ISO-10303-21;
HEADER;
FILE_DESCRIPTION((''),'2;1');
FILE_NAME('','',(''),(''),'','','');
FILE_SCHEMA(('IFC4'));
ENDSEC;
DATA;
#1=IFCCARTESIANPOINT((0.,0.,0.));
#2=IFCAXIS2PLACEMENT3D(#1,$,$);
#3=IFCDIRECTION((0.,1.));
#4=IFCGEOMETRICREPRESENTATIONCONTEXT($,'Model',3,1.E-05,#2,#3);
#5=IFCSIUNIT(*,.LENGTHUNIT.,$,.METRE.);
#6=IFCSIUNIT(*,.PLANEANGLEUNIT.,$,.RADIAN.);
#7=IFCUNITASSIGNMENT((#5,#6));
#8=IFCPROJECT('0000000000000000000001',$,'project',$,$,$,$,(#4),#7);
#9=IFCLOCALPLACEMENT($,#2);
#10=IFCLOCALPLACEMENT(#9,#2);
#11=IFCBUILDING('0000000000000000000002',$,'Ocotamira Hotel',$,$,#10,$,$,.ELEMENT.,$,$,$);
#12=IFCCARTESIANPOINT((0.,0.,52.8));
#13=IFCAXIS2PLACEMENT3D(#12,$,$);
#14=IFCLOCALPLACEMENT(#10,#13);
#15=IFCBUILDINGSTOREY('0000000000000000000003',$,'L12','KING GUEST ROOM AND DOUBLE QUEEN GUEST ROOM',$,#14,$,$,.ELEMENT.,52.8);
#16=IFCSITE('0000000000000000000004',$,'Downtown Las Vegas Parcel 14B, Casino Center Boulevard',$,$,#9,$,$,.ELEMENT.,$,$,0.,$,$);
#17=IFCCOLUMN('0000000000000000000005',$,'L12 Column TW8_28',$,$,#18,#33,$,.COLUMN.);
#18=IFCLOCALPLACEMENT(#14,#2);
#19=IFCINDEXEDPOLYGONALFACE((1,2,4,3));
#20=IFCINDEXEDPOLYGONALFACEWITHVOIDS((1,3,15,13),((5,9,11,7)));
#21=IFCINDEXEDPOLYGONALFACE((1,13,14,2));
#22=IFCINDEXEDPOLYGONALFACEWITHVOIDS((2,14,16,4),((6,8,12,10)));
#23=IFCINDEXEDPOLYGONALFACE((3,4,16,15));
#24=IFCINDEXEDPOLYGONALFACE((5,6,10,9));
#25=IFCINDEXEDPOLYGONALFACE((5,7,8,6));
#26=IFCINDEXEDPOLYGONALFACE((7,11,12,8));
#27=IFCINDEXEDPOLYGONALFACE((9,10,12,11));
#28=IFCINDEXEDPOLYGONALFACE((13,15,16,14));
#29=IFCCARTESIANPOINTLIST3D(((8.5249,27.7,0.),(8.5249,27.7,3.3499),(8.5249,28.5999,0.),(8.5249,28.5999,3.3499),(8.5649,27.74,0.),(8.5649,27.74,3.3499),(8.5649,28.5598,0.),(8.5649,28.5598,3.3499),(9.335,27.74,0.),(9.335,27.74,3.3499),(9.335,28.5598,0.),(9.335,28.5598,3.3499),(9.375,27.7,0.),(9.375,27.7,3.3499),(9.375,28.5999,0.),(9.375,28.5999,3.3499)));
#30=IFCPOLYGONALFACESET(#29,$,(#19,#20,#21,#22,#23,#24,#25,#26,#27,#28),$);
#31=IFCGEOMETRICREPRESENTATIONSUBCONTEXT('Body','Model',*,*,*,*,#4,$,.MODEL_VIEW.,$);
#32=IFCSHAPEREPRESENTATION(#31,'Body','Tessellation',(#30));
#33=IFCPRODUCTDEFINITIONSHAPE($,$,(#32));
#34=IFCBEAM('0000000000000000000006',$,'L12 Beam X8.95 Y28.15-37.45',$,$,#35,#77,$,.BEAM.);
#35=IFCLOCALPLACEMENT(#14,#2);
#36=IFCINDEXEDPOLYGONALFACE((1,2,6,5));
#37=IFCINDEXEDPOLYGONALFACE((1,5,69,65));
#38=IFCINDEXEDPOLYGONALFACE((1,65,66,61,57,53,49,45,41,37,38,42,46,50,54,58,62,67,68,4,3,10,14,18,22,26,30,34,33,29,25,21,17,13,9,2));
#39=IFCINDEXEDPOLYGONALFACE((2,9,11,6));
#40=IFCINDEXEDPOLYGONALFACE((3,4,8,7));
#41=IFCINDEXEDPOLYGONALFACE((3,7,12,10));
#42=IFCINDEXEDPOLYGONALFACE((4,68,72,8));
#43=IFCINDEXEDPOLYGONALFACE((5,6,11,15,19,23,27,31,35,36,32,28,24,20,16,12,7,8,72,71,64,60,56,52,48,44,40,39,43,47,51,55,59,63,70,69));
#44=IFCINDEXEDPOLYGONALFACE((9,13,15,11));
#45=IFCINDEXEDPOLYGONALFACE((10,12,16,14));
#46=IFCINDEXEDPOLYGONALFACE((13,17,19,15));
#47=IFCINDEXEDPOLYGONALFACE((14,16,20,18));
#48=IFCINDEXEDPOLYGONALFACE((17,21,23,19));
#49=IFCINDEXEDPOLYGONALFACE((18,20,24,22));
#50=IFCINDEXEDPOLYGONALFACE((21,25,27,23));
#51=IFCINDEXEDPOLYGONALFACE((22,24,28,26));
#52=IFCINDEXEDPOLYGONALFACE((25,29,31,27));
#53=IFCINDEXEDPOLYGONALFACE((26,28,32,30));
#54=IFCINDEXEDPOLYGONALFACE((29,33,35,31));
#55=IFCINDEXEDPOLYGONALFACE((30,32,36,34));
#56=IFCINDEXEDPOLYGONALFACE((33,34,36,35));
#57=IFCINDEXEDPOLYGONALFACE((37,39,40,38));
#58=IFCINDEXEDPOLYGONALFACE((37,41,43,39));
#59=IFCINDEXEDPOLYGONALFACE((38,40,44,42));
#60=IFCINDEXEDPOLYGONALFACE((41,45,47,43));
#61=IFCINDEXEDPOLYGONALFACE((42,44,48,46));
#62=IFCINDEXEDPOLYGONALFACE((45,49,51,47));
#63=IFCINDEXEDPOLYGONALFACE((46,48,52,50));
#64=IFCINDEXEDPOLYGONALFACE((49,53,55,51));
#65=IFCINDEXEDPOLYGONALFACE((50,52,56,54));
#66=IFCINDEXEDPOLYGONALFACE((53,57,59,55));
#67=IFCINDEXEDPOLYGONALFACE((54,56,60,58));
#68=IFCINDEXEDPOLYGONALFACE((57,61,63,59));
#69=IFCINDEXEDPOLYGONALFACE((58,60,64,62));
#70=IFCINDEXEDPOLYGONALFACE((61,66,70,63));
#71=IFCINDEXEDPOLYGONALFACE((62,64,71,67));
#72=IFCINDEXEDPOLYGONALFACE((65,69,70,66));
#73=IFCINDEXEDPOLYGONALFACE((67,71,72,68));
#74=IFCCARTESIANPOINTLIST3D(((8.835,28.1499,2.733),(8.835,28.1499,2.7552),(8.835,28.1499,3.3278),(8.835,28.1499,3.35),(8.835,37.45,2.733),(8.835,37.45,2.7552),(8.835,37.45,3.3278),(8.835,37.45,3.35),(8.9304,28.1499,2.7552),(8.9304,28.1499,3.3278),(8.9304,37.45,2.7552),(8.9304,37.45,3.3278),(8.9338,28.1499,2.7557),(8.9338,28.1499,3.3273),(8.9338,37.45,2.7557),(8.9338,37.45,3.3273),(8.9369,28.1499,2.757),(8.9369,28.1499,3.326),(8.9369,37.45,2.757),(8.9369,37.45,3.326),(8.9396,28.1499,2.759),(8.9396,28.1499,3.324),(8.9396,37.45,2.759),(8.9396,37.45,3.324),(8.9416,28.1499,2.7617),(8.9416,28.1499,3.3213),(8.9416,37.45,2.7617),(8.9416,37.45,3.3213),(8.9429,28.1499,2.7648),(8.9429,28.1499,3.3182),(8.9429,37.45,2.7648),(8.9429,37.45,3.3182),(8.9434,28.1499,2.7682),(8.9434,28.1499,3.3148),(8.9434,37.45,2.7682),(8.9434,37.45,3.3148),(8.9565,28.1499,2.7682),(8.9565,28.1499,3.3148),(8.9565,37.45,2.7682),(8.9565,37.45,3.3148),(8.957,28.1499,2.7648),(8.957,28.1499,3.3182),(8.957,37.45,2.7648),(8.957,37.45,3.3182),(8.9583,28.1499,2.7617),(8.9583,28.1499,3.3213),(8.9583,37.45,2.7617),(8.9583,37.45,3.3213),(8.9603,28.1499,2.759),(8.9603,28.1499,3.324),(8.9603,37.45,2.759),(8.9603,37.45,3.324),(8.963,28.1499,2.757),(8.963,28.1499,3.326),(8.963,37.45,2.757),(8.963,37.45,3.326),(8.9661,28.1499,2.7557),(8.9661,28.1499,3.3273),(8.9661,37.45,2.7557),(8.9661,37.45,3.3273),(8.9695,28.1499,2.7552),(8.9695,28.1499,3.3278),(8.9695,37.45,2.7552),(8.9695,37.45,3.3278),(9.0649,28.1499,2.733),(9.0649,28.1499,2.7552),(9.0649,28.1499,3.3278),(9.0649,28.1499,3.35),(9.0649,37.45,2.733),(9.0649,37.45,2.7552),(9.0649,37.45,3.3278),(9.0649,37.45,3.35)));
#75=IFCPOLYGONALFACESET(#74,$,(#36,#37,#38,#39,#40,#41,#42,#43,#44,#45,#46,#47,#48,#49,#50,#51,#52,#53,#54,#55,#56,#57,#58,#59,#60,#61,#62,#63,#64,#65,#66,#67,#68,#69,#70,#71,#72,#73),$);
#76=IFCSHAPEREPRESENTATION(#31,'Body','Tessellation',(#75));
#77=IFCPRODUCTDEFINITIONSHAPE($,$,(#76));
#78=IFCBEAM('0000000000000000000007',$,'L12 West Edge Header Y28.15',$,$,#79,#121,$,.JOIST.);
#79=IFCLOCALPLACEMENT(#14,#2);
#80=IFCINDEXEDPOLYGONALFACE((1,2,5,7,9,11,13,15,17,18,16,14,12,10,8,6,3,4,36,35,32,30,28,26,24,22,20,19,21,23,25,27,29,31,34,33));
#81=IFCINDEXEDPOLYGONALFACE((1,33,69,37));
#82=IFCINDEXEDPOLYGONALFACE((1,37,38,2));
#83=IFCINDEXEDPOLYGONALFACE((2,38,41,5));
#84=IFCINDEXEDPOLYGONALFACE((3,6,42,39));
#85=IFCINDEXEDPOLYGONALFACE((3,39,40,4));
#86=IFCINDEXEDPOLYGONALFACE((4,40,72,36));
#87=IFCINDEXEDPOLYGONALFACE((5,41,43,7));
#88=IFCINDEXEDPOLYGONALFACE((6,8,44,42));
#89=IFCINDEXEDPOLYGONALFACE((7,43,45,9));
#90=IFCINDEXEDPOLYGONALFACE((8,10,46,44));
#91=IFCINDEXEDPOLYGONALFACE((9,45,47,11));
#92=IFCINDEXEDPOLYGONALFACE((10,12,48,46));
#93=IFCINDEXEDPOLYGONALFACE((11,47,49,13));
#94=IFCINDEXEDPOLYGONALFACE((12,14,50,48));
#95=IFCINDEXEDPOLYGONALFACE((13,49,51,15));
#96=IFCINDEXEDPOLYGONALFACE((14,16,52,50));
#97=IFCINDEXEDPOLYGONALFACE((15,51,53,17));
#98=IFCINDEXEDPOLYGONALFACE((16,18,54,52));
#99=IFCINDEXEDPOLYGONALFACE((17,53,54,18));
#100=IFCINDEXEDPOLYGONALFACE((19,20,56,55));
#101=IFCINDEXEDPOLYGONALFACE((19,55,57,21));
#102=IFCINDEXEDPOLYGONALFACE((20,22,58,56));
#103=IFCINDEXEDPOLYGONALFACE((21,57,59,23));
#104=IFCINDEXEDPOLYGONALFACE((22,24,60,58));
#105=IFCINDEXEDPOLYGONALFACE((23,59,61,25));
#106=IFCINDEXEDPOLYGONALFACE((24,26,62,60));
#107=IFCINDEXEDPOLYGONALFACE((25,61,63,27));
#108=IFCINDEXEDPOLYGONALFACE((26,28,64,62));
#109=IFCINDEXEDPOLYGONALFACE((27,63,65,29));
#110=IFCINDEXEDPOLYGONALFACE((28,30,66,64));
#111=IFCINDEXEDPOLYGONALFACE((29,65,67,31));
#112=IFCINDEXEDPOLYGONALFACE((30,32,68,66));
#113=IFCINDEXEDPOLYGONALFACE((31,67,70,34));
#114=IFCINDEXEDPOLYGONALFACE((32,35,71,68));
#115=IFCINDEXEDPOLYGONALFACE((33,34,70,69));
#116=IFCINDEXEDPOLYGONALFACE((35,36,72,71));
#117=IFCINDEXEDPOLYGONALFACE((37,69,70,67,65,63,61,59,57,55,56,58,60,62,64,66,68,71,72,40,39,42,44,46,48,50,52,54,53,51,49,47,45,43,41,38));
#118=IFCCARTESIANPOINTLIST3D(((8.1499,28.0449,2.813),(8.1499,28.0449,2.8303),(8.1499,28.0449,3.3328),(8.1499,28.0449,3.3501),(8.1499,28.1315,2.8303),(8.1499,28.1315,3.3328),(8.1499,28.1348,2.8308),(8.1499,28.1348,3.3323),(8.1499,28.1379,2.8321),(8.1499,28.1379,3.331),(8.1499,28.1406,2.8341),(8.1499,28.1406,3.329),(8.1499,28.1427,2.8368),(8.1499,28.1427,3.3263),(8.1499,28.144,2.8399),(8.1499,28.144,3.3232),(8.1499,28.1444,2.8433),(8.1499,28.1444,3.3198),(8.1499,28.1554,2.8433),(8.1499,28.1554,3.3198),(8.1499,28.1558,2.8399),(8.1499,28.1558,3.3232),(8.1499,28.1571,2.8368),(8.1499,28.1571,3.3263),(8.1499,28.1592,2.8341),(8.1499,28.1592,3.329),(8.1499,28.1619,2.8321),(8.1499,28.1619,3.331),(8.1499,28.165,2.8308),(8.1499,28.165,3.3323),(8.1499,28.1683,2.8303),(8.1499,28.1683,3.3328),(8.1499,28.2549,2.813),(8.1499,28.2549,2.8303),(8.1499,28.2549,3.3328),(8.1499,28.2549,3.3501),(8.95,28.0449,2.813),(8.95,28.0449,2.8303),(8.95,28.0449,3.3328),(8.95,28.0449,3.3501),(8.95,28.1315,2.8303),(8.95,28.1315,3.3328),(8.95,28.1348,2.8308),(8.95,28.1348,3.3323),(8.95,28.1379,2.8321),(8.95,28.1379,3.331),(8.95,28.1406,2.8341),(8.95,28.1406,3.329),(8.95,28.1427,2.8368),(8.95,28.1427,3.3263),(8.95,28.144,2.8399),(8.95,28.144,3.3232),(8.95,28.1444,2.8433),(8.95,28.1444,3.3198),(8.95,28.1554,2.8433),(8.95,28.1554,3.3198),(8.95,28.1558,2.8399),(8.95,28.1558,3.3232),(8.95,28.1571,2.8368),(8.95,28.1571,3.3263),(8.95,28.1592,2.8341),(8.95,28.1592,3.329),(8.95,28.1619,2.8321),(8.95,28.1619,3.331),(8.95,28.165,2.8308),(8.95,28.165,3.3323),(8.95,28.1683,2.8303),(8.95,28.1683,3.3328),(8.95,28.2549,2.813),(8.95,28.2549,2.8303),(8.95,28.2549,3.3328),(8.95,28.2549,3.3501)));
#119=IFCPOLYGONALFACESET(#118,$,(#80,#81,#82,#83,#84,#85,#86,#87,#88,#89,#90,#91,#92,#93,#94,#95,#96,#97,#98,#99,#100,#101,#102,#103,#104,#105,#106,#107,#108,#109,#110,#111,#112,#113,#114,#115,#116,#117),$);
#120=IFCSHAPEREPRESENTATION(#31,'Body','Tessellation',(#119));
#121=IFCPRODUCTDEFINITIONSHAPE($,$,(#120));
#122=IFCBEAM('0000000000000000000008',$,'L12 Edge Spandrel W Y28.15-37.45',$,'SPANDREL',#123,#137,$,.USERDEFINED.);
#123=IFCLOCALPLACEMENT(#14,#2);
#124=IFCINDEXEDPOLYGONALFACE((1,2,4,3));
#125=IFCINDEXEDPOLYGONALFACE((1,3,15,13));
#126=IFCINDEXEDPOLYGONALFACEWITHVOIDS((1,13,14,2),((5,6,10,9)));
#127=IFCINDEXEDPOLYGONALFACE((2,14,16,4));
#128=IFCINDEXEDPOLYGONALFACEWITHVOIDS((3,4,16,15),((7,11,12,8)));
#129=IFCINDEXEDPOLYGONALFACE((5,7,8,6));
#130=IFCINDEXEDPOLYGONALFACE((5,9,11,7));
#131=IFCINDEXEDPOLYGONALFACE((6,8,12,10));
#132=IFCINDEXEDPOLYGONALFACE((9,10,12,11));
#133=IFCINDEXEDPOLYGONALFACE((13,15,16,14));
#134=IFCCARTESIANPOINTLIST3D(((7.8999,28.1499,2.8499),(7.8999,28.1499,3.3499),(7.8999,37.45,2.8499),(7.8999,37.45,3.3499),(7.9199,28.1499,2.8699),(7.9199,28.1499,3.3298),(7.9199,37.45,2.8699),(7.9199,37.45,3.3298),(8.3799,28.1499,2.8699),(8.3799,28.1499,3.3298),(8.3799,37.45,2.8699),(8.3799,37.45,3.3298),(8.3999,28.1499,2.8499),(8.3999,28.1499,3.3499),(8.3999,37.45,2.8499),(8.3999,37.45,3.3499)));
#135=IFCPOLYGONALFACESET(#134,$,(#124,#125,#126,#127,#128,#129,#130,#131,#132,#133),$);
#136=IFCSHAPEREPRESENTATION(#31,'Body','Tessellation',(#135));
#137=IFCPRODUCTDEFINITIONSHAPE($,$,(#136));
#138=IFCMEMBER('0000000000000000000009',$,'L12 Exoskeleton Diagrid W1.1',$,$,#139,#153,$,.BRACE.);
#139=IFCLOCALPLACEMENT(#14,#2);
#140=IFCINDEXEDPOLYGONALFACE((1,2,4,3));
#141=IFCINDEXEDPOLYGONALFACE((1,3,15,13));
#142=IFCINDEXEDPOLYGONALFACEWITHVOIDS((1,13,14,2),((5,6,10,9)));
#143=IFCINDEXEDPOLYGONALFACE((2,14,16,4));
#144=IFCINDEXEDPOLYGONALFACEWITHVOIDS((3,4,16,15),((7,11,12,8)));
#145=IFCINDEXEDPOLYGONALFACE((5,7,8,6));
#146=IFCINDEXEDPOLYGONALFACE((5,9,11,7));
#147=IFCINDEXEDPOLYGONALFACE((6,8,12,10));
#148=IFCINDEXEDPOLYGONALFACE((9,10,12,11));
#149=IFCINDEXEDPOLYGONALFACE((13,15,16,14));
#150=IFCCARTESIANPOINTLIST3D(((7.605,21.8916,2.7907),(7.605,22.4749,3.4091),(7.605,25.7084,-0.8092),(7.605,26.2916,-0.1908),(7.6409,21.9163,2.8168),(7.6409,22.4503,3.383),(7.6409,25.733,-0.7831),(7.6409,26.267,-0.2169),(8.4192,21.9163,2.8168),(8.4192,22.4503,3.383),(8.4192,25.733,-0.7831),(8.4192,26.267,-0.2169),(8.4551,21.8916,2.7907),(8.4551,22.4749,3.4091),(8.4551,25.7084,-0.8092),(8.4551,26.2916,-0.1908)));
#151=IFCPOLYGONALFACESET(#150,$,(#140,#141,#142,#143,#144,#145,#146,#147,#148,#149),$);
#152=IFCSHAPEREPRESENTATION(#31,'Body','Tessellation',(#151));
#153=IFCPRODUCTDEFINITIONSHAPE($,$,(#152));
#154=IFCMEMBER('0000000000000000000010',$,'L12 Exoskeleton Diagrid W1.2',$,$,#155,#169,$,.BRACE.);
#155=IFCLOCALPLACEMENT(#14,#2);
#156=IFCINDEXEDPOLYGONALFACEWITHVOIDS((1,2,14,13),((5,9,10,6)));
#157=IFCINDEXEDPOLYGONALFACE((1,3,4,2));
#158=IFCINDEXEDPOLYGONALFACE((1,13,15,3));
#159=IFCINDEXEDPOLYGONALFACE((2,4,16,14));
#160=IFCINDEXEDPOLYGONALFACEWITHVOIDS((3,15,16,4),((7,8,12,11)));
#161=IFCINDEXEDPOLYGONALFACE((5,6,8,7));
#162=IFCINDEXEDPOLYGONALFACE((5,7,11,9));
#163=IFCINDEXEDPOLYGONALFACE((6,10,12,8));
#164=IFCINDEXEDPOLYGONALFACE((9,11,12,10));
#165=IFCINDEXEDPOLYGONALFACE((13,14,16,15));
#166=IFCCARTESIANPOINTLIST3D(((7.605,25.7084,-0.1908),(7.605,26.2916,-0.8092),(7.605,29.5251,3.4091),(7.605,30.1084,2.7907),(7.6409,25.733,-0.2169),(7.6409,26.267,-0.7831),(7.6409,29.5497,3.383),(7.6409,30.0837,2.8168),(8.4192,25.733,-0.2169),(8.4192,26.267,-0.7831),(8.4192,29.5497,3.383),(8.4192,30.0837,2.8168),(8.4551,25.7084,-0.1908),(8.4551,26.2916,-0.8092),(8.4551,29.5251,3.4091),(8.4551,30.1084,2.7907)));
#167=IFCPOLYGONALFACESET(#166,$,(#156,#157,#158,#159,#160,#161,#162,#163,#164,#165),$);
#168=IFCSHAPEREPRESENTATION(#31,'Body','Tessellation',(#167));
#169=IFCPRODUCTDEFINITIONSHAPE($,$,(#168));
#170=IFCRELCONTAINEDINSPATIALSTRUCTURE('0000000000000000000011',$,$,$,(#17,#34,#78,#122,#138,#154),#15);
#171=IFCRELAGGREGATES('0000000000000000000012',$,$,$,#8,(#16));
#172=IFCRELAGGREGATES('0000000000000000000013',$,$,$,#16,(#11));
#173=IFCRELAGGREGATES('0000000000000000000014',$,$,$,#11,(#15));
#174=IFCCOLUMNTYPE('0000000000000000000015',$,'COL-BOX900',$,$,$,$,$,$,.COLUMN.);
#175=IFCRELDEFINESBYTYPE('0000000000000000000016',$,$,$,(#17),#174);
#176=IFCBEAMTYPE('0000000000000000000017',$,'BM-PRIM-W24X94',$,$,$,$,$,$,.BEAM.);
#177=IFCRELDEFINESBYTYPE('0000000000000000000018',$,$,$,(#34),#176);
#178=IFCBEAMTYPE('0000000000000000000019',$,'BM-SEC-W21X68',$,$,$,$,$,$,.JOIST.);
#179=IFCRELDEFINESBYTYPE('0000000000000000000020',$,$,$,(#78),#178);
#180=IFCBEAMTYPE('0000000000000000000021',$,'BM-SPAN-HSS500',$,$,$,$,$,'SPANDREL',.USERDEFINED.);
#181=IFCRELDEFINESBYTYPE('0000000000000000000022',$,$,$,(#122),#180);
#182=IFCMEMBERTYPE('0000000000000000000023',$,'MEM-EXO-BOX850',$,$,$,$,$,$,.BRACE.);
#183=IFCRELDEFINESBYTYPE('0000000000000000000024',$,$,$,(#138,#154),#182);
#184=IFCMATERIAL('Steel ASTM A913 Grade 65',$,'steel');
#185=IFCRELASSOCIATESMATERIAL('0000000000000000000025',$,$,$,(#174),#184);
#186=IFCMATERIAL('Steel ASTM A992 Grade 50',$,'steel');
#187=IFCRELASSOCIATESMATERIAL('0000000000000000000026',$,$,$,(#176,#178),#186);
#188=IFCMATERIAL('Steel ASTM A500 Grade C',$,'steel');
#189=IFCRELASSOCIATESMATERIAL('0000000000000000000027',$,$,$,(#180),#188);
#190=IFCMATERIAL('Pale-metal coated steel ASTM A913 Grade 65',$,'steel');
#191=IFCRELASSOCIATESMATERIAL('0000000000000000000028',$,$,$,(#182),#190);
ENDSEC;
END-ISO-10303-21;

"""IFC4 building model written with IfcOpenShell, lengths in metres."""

from ifc_helpers import new_model, si_unit, direction, frame, origin, origin_2d, place, context, subcontext, project, spatial, hollow_rectangle, i_section, extrude, source, transform, mapped, material, material_profile, profile_set, type_object, element, save


model = new_model("IFC4")

# Units and contexts
model_context = context("Model", 3, precision=1e-05, world=origin(), true_north=direction((0.0, 1.0)))
body_context = subcontext(model_context, "Body", "Model", "MODEL_VIEW")
ifc_project = project(units=[si_unit("LENGTHUNIT", "METRE"), si_unit("PLANEANGLEUNIT", "RADIAN")], contexts=[model_context])

# Site, building, storey
site_placement = place(None, origin())
site = spatial("IfcSite", under=ifc_project, at=site_placement, Name="Downtown Las Vegas Parcel 14B, Casino Center Boulevard", CompositionType="ELEMENT", RefElevation=0.0)
building_placement = place(site_placement, origin())
building = spatial("IfcBuilding", under=site, at=building_placement, Name="Ocotamira Hotel", CompositionType="ELEMENT")
storey_placement = place(building_placement, frame((0.0, 0.0, 52.8)))
storey = spatial("IfcBuildingStorey", under=building, at=storey_placement, Name="L12", Description="KING GUEST ROOM AND DOUBLE QUEEN GUEST ROOM", CompositionType="ELEMENT", Elevation=52.8)

# Column
ifc_material_1 = material(Name="Steel ASTM A913 Grade 65", Category="steel")
ifc_material_profile_1 = material_profile(ifc_material_1, hollow_rectangle(XDim=0.8501, YDim=0.8999, WallThickness=0.04, at=origin_2d()), Name="BOX900X850X40")
ifc_profile_set_1 = profile_set([ifc_material_profile_1], Name="Steel ASTM A913 Grade 65")
column_type = type_object("IfcColumnType", Name="COL-BOX900", PredefinedType="COLUMN", material=ifc_profile_set_1)
shared_shape_1 = source(origin(), body_context, "Body", "SweptSolid", [
    extrude(hollow_rectangle(XDim=0.8501, YDim=0.8999, WallThickness=0.04, at=origin_2d()), origin(), (0.0, 0.0, 1.0), 3.3499),
])
column_placement = place(storey_placement, frame((8.95, 28.1499, 0.0), z_axis=(0.0, 0.0, 1.0), x_axis=(1.0, 0.0, 0.0)))
element("IfcColumn", 1, at=column_placement, inside=storey, type_object=column_type, Name="L12 Column TW8_28", PredefinedType="COLUMN", context=body_context, shape_type="MappedRepresentation", body=[
    mapped(shared_shape_1, transform((0.0, 0.0, 0.0), scale=1.0)),
])

# Beams
ifc_material_2 = material(Name="Steel ASTM A992 Grade 50", Category="steel")
ifc_material_profile_2 = material_profile(ifc_material_2, i_section(OverallWidth=0.23, OverallDepth=0.6169, WebThickness=0.0132, FlangeThickness=0.0222, FilletRadius=0.0129, at=origin_2d()), Name="W24X94")
ifc_profile_set_2 = profile_set([ifc_material_profile_2], Name="Steel ASTM A992 Grade 50")
beam_type_1 = type_object("IfcBeamType", Name="BM-PRIM-W24X94", PredefinedType="BEAM", material=ifc_profile_set_2)
shared_shape_2 = source(origin(), body_context, "Body", "SweptSolid", [
    extrude(i_section(OverallWidth=0.23, OverallDepth=0.6169, WebThickness=0.0132, FlangeThickness=0.0222, FilletRadius=0.0129, at=origin_2d()), origin(), (0.0, 0.0, 1.0), 9.3),
])
beam_1_placement = place(storey_placement, frame((8.95, 28.1499, 3.0415), z_axis=(0.0, 1.0, 0.0), x_axis=(-1.0, 0.0, 0.0)))
element("IfcBeam", 2, at=beam_1_placement, inside=storey, type_object=beam_type_1, Name="L12 Beam X8.95 Y28.15-37.45", PredefinedType="BEAM", context=body_context, shape_type="MappedRepresentation", body=[
    mapped(shared_shape_2, transform((0.0, 0.0, 0.0), scale=1.0)),
])
ifc_material_profile_3 = material_profile(ifc_material_2, i_section(OverallWidth=0.21, OverallDepth=0.5371, WebThickness=0.011, FlangeThickness=0.0173, FilletRadius=0.0129, at=origin_2d()), Name="W21X68")
ifc_profile_set_3 = profile_set([ifc_material_profile_3], Name="Steel ASTM A992 Grade 50")
beam_type_2 = type_object("IfcBeamType", Name="BM-SEC-W21X68", PredefinedType="JOIST", material=ifc_profile_set_3)
shared_shape_3 = source(origin(), body_context, "Body", "SweptSolid", [
    extrude(i_section(OverallWidth=0.21, OverallDepth=0.5371, WebThickness=0.011, FlangeThickness=0.0173, FilletRadius=0.0129, at=origin_2d()), origin(), (0.0, 0.0, 1.0), 0.8),
])
beam_2_placement = place(storey_placement, frame((8.95, 28.1499, 3.0815), z_axis=(-1.0, 0.0, 0.0), x_axis=(0.0, -1.0, 0.0)))
element("IfcBeam", 3, at=beam_2_placement, inside=storey, type_object=beam_type_2, Name="L12 West Edge Header Y28.15", PredefinedType="JOIST", context=body_context, shape_type="MappedRepresentation", body=[
    mapped(shared_shape_3, transform((0.0, 0.0, 0.0), scale=1.0)),
])
ifc_material_3 = material(Name="Steel ASTM A500 Grade C", Category="steel")
ifc_material_profile_4 = material_profile(ifc_material_3, hollow_rectangle(XDim=0.5, YDim=0.5, WallThickness=0.02, at=origin_2d()), Name="HSS500X500X20")
ifc_profile_set_4 = profile_set([ifc_material_profile_4], Name="Steel ASTM A500 Grade C")
beam_type_3 = type_object("IfcBeamType", Name="BM-SPAN-HSS500", ElementType="SPANDREL", PredefinedType="USERDEFINED", material=ifc_profile_set_4)
shared_shape_4 = source(origin(), body_context, "Body", "SweptSolid", [
    extrude(hollow_rectangle(XDim=0.5, YDim=0.5, WallThickness=0.02, at=origin_2d()), origin(), (0.0, 0.0, 1.0), 9.3),
])
beam_3_placement = place(storey_placement, frame((8.1499, 28.1499, 3.0999), z_axis=(0.0, 1.0, 0.0), x_axis=(-1.0, 0.0, 0.0)))
element("IfcBeam", 4, at=beam_3_placement, inside=storey, type_object=beam_type_3, Name="L12 Edge Spandrel W Y28.15-37.45", ObjectType="SPANDREL", PredefinedType="USERDEFINED", context=body_context, shape_type="MappedRepresentation", body=[
    mapped(shared_shape_4, transform((0.0, 0.0, 0.0), scale=1.0)),
])

# Members
ifc_material_4 = material(Name="Pale-metal coated steel ASTM A913 Grade 65", Category="steel")
ifc_material_profile_5 = material_profile(ifc_material_4, hollow_rectangle(XDim=0.8501, YDim=0.8501, WallThickness=0.0359, at=origin_2d()), Name="BOX850X850X36")
ifc_profile_set_5 = profile_set([ifc_material_profile_5], Name="Pale-metal coated steel ASTM A913 Grade 65")
member_type_1 = type_object("IfcMemberType", Name="MEM-EXO-BOX850", PredefinedType="BRACE", material=ifc_profile_set_5)
shared_shape_5 = source(origin(), body_context, "Body", "SweptSolid", [
    extrude(hollow_rectangle(XDim=0.8501, YDim=0.8501, WallThickness=0.0359, at=origin_2d()), origin(), (0.0, 0.0, 1.0), 5.2466),
])
for number, where, z_axis, x_axis, name in (
    (5, (8.03, 26.0, -0.5), (0.0, -0.727466, 0.686144), (1.0, 0.0, 0.0), "L12 Exoskeleton Diagrid W1.1"),
    (6, (8.03, 26.0, -0.5), (0.0, 0.727466, 0.686144), (-1.0, 0.0, 0.0), "L12 Exoskeleton Diagrid W1.2"),
):
    element("IfcMember", number, at=place(storey_placement, frame(where, z_axis=z_axis, x_axis=x_axis)), inside=storey, type_object=member_type_1, Name=name, PredefinedType="BRACE", context=body_context, shape_type="MappedRepresentation", body=[
        mapped(shared_shape_5, transform((0.0, 0.0, 0.0), scale=1.0)),
    ])

save(model, "model.ifc")
